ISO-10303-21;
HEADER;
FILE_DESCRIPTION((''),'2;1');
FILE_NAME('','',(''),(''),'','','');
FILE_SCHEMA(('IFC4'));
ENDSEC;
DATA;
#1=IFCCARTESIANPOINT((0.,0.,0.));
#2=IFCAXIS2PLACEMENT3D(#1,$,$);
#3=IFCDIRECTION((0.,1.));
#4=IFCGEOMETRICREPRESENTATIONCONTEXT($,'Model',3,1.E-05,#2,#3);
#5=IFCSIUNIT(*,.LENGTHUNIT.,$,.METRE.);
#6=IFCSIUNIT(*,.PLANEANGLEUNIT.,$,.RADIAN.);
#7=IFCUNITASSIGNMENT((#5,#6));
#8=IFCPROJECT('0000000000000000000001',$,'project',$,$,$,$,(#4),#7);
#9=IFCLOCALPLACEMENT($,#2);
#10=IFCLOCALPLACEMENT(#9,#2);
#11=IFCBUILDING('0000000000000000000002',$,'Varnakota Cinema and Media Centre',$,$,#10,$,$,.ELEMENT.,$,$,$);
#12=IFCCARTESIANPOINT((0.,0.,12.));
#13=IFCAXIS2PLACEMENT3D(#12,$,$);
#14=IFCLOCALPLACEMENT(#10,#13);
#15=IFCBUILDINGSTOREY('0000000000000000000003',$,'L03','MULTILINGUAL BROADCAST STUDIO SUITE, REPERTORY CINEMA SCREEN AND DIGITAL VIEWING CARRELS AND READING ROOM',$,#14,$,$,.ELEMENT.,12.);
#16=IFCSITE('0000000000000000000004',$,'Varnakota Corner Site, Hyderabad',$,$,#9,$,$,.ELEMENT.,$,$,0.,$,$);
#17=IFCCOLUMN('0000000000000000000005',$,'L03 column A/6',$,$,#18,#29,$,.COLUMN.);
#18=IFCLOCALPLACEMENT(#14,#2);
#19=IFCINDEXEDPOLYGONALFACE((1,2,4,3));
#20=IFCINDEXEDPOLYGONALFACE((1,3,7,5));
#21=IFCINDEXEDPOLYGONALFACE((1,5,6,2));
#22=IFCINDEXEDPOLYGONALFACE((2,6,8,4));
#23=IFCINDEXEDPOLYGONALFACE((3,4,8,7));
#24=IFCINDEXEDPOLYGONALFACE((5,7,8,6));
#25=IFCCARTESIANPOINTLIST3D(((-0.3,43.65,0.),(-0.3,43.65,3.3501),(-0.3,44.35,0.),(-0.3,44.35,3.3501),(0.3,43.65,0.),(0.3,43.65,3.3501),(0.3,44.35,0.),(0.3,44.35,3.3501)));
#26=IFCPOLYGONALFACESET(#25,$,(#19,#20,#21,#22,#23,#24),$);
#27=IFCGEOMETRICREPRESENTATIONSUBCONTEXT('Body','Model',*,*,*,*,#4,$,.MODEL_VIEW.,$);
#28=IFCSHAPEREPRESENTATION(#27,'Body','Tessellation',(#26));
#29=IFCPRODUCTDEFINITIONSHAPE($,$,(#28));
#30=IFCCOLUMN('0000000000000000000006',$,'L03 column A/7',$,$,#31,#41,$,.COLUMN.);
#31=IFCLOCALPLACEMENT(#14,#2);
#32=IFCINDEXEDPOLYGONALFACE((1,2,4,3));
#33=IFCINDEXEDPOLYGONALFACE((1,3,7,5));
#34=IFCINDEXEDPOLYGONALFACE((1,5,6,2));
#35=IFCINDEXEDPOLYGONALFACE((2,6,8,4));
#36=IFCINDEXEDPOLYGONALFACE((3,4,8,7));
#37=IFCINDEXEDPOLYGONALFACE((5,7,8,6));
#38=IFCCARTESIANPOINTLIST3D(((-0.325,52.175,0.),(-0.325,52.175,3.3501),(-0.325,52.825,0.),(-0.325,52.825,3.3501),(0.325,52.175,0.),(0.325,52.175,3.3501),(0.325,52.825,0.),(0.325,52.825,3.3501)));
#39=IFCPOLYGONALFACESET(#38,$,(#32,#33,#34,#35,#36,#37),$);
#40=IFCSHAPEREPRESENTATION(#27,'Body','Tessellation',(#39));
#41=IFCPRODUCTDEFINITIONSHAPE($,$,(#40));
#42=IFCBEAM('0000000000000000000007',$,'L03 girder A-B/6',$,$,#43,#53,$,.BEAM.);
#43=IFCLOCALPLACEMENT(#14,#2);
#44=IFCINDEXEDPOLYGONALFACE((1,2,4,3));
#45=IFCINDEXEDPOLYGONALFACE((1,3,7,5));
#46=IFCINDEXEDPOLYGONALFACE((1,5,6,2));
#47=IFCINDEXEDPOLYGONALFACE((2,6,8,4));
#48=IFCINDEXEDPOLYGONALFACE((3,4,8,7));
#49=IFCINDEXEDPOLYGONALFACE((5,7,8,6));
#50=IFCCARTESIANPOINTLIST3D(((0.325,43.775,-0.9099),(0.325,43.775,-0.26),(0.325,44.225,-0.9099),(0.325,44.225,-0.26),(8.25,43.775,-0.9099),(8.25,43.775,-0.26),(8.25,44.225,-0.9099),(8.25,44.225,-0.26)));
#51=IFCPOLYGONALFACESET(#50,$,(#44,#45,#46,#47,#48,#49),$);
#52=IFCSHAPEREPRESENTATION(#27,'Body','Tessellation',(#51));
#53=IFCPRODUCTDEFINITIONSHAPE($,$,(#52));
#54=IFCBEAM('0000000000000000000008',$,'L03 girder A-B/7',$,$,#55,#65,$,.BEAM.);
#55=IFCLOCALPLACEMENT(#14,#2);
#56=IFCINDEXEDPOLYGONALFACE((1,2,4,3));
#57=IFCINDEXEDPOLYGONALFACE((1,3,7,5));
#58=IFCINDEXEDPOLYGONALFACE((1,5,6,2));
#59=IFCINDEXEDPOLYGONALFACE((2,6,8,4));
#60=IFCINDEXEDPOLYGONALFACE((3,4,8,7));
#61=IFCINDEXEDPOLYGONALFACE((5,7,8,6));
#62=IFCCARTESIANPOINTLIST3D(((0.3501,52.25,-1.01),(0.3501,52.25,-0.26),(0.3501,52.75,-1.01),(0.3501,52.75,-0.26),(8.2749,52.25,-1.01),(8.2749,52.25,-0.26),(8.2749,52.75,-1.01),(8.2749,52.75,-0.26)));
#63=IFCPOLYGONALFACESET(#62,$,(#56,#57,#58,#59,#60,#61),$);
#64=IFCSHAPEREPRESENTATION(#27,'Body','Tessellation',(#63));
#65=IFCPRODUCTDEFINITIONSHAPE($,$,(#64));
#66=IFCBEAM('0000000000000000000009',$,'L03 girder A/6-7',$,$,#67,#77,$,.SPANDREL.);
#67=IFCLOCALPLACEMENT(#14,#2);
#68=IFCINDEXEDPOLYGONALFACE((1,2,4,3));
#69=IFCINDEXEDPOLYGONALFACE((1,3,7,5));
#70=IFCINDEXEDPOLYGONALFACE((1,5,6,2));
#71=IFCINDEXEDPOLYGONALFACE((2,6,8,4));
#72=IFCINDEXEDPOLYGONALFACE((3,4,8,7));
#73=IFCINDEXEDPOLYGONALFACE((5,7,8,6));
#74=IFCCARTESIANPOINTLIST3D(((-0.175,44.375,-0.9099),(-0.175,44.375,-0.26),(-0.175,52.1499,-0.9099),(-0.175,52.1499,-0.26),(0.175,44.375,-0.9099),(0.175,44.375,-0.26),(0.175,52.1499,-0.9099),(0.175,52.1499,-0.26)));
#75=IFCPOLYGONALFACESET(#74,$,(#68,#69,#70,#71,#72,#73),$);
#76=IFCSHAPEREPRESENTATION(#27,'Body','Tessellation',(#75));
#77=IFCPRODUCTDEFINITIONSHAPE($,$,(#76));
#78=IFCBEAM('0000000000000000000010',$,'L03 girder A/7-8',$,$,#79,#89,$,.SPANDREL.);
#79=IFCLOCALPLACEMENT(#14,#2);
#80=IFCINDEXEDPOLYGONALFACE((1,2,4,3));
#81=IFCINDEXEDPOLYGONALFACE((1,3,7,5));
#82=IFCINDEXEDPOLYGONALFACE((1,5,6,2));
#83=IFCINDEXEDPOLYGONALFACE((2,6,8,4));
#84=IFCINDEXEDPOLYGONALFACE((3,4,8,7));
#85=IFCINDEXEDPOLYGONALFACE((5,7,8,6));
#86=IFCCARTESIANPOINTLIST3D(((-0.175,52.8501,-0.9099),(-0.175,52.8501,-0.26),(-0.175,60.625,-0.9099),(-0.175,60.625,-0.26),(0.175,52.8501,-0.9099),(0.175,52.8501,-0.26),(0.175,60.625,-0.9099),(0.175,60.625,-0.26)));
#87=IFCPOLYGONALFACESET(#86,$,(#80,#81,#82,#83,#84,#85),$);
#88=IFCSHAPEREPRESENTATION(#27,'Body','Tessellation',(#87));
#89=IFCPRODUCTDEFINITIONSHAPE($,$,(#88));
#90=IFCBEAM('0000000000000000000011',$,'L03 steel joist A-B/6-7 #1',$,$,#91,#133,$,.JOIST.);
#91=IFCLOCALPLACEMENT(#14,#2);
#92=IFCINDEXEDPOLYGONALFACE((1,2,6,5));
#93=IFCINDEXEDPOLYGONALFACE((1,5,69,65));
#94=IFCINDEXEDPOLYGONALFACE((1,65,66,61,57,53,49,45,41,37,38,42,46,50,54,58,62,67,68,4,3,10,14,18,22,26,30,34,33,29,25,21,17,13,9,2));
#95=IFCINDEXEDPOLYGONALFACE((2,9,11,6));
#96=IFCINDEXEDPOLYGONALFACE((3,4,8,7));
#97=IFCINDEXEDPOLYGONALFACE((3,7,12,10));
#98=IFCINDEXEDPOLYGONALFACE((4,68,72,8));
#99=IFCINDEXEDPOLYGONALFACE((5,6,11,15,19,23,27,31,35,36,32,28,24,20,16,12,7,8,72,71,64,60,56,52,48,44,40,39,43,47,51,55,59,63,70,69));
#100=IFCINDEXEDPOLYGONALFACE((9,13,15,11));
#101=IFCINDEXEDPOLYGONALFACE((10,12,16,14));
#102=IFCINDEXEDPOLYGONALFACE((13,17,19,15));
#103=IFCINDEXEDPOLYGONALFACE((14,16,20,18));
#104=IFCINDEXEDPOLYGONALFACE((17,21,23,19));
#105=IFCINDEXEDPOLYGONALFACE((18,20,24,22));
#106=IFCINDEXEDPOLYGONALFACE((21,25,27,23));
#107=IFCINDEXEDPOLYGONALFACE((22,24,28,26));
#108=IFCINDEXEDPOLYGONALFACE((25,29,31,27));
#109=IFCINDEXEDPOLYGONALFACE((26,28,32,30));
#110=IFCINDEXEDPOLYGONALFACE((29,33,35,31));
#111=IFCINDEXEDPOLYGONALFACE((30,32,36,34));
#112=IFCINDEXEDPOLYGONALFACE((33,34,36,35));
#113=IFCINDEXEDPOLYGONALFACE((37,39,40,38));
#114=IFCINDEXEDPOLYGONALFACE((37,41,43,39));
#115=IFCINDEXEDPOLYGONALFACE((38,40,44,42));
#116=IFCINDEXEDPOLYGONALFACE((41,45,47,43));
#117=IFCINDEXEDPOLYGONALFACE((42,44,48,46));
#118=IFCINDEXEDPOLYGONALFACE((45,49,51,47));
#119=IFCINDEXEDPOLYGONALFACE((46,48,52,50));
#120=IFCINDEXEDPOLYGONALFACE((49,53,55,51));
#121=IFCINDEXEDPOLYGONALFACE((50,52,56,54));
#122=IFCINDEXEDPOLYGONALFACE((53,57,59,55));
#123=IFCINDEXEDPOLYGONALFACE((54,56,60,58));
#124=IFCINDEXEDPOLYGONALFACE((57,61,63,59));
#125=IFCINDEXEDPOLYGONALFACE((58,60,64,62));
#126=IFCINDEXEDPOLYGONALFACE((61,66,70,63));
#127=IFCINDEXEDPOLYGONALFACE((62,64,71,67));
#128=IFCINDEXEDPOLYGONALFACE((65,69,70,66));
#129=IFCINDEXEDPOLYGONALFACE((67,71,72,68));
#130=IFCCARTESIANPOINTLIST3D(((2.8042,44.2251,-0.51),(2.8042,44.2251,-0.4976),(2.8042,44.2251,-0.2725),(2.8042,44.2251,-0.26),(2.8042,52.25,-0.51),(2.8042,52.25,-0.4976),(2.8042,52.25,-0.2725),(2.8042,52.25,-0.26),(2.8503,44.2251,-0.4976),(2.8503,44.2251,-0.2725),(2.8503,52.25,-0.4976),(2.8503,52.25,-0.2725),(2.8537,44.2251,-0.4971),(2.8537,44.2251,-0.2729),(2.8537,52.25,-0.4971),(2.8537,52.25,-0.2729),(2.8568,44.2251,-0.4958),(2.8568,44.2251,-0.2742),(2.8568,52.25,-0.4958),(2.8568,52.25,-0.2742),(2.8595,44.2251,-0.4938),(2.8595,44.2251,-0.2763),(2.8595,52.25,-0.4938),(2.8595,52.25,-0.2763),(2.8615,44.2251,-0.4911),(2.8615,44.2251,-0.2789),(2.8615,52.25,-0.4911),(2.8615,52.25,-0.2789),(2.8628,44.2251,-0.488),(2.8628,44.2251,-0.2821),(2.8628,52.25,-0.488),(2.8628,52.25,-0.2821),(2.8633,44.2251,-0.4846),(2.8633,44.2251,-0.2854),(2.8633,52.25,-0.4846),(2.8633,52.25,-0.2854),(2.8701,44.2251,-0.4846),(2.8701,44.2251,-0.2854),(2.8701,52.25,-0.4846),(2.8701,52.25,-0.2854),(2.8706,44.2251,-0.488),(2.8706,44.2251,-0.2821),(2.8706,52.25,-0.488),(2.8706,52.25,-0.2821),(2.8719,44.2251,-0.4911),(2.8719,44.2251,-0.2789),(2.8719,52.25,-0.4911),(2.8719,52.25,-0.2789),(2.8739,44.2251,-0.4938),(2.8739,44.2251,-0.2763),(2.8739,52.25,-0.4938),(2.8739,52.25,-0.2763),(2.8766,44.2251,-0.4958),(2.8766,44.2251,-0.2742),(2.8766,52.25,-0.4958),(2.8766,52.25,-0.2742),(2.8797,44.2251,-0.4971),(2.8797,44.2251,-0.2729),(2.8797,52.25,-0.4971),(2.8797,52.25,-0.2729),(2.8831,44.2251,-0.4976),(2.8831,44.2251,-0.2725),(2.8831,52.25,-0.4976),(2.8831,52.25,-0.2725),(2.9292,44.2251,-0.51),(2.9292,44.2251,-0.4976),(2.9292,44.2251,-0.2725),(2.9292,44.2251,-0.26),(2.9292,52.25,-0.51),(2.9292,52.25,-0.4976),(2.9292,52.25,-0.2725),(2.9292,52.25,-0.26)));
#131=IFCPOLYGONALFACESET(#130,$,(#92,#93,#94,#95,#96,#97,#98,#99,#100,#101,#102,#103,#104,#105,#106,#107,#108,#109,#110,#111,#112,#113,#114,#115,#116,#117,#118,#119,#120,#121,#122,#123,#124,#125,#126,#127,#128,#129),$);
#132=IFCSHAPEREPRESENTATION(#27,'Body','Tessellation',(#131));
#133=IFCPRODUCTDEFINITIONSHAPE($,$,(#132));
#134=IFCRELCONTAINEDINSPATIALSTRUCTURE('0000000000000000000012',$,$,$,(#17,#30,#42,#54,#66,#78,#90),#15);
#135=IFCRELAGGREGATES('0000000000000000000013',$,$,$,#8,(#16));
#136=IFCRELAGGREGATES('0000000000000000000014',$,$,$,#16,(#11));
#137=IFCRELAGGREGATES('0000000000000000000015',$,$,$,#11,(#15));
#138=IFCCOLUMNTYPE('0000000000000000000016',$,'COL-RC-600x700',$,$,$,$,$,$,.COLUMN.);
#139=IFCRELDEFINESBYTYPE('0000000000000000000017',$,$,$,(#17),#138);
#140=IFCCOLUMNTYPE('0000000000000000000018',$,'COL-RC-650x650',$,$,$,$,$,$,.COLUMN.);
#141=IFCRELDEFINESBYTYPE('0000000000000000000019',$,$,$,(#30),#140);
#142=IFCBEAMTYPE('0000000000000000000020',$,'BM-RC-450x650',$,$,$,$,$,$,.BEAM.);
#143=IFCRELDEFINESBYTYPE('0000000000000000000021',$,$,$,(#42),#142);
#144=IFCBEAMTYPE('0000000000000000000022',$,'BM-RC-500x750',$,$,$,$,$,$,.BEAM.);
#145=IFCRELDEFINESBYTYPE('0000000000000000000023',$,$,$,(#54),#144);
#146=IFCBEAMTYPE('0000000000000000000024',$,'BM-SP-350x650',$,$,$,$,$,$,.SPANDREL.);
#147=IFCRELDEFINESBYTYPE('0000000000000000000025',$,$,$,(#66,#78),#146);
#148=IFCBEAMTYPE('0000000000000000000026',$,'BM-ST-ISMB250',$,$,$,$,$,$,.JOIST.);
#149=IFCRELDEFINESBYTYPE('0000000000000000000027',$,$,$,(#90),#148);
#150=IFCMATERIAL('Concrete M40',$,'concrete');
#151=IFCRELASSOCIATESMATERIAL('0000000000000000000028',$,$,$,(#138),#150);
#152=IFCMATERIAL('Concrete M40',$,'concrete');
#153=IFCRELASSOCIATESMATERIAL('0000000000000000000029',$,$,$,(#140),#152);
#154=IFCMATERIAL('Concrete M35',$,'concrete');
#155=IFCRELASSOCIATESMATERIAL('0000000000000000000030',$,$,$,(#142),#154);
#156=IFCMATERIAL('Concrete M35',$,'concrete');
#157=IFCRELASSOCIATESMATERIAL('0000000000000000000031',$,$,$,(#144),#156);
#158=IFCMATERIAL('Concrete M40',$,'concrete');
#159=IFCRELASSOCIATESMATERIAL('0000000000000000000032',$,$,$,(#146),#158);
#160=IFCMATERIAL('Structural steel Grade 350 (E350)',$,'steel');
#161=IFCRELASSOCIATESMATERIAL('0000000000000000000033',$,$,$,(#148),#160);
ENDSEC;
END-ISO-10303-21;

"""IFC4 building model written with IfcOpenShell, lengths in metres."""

from ifc_helpers import new_model, si_unit, direction, frame, origin, origin_2d, place, context, subcontext, project, spatial, rectangle, i_section, extrude, material, material_profile, profile_set, type_object, element, save


model = new_model("IFC4")

# Units and contexts
model_context = context("Model", 3, precision=1e-05, world=origin(), true_north=direction((0.0, 1.0)))
body_context = subcontext(model_context, "Body", "Model", "MODEL_VIEW")
ifc_project = project(units=[si_unit("LENGTHUNIT", "METRE"), si_unit("PLANEANGLEUNIT", "RADIAN")], contexts=[model_context])

# Site, building, storey
site_placement = place(None, origin())
site = spatial("IfcSite", under=ifc_project, at=site_placement, Name="Varnakota Corner Site, Hyderabad", CompositionType="ELEMENT", RefElevation=0.0)
building_placement = place(site_placement, origin())
building = spatial("IfcBuilding", under=site, at=building_placement, Name="Varnakota Cinema and Media Centre", CompositionType="ELEMENT")
storey_placement = place(building_placement, frame((0.0, 0.0, 12.0)))
storey = spatial("IfcBuildingStorey", under=building, at=storey_placement, Name="L03", Description="MULTILINGUAL BROADCAST STUDIO SUITE, REPERTORY CINEMA SCREEN AND DIGITAL VIEWING CARRELS AND READING ROOM", CompositionType="ELEMENT", Elevation=12.0)

# Columns
ifc_material_1 = material(Name="Concrete M40", Category="concrete")
ifc_material_profile_1 = material_profile(ifc_material_1, rectangle(XDim=0.6001, YDim=0.7, at=origin_2d()), Name="RC 600x700")
ifc_profile_set_1 = profile_set([ifc_material_profile_1], Name="Concrete M40")
column_type_1 = type_object("IfcColumnType", Name="COL-RC-600x700", PredefinedType="COLUMN", material=ifc_profile_set_1)
column_1_placement = place(storey_placement, frame((0.0, 44.0, 0.0), z_axis=(0.0, 0.0, 1.0), x_axis=(1.0, 0.0, 0.0)))
element("IfcColumn", 1, at=column_1_placement, inside=storey, type_object=column_type_1, Name="L03 column A/6", PredefinedType="COLUMN", context=body_context, shape_type="SweptSolid", body=[
    extrude(rectangle(XDim=0.6001, YDim=0.7, at=origin_2d()), origin(), (0.0, 0.0, 1.0), 3.3501),
])
ifc_material_2 = material(Name="Concrete M40", Category="concrete")
ifc_material_profile_2 = material_profile(ifc_material_2, rectangle(XDim=0.6499, YDim=0.6499, at=origin_2d()), Name="RC 650x650")
ifc_profile_set_2 = profile_set([ifc_material_profile_2], Name="Concrete M40")
column_type_2 = type_object("IfcColumnType", Name="COL-RC-650x650", PredefinedType="COLUMN", material=ifc_profile_set_2)
column_2_placement = place(storey_placement, frame((0.0, 52.5, 0.0), z_axis=(0.0, 0.0, 1.0), x_axis=(1.0, 0.0, 0.0)))
element("IfcColumn", 2, at=column_2_placement, inside=storey, type_object=column_type_2, Name="L03 column A/7", PredefinedType="COLUMN", context=body_context, shape_type="SweptSolid", body=[
    extrude(rectangle(XDim=0.6499, YDim=0.6499, at=origin_2d()), origin(), (0.0, 0.0, 1.0), 3.3501),
])

# Beams
ifc_material_3 = material(Name="Concrete M35", Category="concrete")
ifc_material_profile_3 = material_profile(ifc_material_3, rectangle(XDim=0.45, YDim=0.6499, at=origin_2d()), Name="RCB 450x650")
ifc_profile_set_3 = profile_set([ifc_material_profile_3], Name="Concrete M35")
beam_type_1 = type_object("IfcBeamType", Name="BM-RC-450x650", PredefinedType="BEAM", material=ifc_profile_set_3)
beam_1_placement = place(storey_placement, frame((0.325, 44.0, -0.585), z_axis=(1.0, 0.0, 0.0), x_axis=(0.0, 1.0, 0.0)))
element("IfcBeam", 3, at=beam_1_placement, inside=storey, type_object=beam_type_1, Name="L03 girder A-B/6", PredefinedType="BEAM", context=body_context, shape_type="SweptSolid", body=[
    extrude(rectangle(XDim=0.45, YDim=0.6499, at=origin_2d()), origin(), (0.0, 0.0, 1.0), 7.925),
])
ifc_material_4 = material(Name="Concrete M35", Category="concrete")
ifc_material_profile_4 = material_profile(ifc_material_4, rectangle(XDim=0.5, YDim=0.75, at=origin_2d()), Name="RCB 500x750")
ifc_profile_set_4 = profile_set([ifc_material_profile_4], Name="Concrete M35")
beam_type_2 = type_object("IfcBeamType", Name="BM-RC-500x750", PredefinedType="BEAM", material=ifc_profile_set_4)
beam_2_placement = place(storey_placement, frame((0.3501, 52.5, -0.635), z_axis=(1.0, 0.0, 0.0), x_axis=(0.0, 1.0, 0.0)))
element("IfcBeam", 4, at=beam_2_placement, inside=storey, type_object=beam_type_2, Name="L03 girder A-B/7", PredefinedType="BEAM", context=body_context, shape_type="SweptSolid", body=[
    extrude(rectangle(XDim=0.5, YDim=0.75, at=origin_2d()), origin(), (0.0, 0.0, 1.0), 7.9248),
])
ifc_material_5 = material(Name="Concrete M40", Category="concrete")
ifc_material_profile_5 = material_profile(ifc_material_5, rectangle(XDim=0.3501, YDim=0.6499, at=origin_2d()), Name="RCB 350x650")
ifc_profile_set_5 = profile_set([ifc_material_profile_5], Name="Concrete M40")
beam_type_3 = type_object("IfcBeamType", Name="BM-SP-350x650", PredefinedType="SPANDREL", material=ifc_profile_set_5)
for number, where, z_axis, x_axis, name in (
    (5, (0.0, 44.375, -0.585), (0.0, 1.0, 0.0), (-1.0, 0.0, 0.0), "L03 girder A/6-7"),
    (6, (0.0, 52.8501, -0.585), (0.0, 1.0, 0.0), (-1.0, 0.0, 0.0), "L03 girder A/7-8"),
):
    element("IfcBeam", number, at=place(storey_placement, frame(where, z_axis=z_axis, x_axis=x_axis)), inside=storey, type_object=beam_type_3, Name=name, PredefinedType="SPANDREL", context=body_context, shape_type="SweptSolid", body=[
        extrude(rectangle(XDim=0.3501, YDim=0.6499, at=origin_2d()), origin(), (0.0, 0.0, 1.0), 7.7749),
    ])
ifc_material_6 = material(Name="Structural steel Grade 350 (E350)", Category="steel")
ifc_material_profile_6 = material_profile(ifc_material_6, i_section(OverallWidth=0.125, OverallDepth=0.25, WebThickness=0.0068, FlangeThickness=0.0125, FilletRadius=0.0129, at=origin_2d()), Name="ISMB 250")
ifc_profile_set_6 = profile_set([ifc_material_profile_6], Name="Structural steel Grade 350 (E350)")
beam_type_4 = type_object("IfcBeamType", Name="BM-ST-ISMB250", PredefinedType="JOIST", material=ifc_profile_set_6)
beam_3_placement = place(storey_placement, frame((2.8667, 44.2251, -0.385), z_axis=(0.0, 1.0, 0.0), x_axis=(-1.0, 0.0, 0.0)))
element("IfcBeam", 7, at=beam_3_placement, inside=storey, type_object=beam_type_4, Name="L03 steel joist A-B/6-7 #1", PredefinedType="JOIST", context=body_context, shape_type="SweptSolid", body=[
    extrude(i_section(OverallWidth=0.125, OverallDepth=0.25, WebThickness=0.0068, FlangeThickness=0.0125, FilletRadius=0.0129, at=origin_2d()), origin(), (0.0, 0.0, 1.0), 8.0249),
])

save(model, "model.ifc")
